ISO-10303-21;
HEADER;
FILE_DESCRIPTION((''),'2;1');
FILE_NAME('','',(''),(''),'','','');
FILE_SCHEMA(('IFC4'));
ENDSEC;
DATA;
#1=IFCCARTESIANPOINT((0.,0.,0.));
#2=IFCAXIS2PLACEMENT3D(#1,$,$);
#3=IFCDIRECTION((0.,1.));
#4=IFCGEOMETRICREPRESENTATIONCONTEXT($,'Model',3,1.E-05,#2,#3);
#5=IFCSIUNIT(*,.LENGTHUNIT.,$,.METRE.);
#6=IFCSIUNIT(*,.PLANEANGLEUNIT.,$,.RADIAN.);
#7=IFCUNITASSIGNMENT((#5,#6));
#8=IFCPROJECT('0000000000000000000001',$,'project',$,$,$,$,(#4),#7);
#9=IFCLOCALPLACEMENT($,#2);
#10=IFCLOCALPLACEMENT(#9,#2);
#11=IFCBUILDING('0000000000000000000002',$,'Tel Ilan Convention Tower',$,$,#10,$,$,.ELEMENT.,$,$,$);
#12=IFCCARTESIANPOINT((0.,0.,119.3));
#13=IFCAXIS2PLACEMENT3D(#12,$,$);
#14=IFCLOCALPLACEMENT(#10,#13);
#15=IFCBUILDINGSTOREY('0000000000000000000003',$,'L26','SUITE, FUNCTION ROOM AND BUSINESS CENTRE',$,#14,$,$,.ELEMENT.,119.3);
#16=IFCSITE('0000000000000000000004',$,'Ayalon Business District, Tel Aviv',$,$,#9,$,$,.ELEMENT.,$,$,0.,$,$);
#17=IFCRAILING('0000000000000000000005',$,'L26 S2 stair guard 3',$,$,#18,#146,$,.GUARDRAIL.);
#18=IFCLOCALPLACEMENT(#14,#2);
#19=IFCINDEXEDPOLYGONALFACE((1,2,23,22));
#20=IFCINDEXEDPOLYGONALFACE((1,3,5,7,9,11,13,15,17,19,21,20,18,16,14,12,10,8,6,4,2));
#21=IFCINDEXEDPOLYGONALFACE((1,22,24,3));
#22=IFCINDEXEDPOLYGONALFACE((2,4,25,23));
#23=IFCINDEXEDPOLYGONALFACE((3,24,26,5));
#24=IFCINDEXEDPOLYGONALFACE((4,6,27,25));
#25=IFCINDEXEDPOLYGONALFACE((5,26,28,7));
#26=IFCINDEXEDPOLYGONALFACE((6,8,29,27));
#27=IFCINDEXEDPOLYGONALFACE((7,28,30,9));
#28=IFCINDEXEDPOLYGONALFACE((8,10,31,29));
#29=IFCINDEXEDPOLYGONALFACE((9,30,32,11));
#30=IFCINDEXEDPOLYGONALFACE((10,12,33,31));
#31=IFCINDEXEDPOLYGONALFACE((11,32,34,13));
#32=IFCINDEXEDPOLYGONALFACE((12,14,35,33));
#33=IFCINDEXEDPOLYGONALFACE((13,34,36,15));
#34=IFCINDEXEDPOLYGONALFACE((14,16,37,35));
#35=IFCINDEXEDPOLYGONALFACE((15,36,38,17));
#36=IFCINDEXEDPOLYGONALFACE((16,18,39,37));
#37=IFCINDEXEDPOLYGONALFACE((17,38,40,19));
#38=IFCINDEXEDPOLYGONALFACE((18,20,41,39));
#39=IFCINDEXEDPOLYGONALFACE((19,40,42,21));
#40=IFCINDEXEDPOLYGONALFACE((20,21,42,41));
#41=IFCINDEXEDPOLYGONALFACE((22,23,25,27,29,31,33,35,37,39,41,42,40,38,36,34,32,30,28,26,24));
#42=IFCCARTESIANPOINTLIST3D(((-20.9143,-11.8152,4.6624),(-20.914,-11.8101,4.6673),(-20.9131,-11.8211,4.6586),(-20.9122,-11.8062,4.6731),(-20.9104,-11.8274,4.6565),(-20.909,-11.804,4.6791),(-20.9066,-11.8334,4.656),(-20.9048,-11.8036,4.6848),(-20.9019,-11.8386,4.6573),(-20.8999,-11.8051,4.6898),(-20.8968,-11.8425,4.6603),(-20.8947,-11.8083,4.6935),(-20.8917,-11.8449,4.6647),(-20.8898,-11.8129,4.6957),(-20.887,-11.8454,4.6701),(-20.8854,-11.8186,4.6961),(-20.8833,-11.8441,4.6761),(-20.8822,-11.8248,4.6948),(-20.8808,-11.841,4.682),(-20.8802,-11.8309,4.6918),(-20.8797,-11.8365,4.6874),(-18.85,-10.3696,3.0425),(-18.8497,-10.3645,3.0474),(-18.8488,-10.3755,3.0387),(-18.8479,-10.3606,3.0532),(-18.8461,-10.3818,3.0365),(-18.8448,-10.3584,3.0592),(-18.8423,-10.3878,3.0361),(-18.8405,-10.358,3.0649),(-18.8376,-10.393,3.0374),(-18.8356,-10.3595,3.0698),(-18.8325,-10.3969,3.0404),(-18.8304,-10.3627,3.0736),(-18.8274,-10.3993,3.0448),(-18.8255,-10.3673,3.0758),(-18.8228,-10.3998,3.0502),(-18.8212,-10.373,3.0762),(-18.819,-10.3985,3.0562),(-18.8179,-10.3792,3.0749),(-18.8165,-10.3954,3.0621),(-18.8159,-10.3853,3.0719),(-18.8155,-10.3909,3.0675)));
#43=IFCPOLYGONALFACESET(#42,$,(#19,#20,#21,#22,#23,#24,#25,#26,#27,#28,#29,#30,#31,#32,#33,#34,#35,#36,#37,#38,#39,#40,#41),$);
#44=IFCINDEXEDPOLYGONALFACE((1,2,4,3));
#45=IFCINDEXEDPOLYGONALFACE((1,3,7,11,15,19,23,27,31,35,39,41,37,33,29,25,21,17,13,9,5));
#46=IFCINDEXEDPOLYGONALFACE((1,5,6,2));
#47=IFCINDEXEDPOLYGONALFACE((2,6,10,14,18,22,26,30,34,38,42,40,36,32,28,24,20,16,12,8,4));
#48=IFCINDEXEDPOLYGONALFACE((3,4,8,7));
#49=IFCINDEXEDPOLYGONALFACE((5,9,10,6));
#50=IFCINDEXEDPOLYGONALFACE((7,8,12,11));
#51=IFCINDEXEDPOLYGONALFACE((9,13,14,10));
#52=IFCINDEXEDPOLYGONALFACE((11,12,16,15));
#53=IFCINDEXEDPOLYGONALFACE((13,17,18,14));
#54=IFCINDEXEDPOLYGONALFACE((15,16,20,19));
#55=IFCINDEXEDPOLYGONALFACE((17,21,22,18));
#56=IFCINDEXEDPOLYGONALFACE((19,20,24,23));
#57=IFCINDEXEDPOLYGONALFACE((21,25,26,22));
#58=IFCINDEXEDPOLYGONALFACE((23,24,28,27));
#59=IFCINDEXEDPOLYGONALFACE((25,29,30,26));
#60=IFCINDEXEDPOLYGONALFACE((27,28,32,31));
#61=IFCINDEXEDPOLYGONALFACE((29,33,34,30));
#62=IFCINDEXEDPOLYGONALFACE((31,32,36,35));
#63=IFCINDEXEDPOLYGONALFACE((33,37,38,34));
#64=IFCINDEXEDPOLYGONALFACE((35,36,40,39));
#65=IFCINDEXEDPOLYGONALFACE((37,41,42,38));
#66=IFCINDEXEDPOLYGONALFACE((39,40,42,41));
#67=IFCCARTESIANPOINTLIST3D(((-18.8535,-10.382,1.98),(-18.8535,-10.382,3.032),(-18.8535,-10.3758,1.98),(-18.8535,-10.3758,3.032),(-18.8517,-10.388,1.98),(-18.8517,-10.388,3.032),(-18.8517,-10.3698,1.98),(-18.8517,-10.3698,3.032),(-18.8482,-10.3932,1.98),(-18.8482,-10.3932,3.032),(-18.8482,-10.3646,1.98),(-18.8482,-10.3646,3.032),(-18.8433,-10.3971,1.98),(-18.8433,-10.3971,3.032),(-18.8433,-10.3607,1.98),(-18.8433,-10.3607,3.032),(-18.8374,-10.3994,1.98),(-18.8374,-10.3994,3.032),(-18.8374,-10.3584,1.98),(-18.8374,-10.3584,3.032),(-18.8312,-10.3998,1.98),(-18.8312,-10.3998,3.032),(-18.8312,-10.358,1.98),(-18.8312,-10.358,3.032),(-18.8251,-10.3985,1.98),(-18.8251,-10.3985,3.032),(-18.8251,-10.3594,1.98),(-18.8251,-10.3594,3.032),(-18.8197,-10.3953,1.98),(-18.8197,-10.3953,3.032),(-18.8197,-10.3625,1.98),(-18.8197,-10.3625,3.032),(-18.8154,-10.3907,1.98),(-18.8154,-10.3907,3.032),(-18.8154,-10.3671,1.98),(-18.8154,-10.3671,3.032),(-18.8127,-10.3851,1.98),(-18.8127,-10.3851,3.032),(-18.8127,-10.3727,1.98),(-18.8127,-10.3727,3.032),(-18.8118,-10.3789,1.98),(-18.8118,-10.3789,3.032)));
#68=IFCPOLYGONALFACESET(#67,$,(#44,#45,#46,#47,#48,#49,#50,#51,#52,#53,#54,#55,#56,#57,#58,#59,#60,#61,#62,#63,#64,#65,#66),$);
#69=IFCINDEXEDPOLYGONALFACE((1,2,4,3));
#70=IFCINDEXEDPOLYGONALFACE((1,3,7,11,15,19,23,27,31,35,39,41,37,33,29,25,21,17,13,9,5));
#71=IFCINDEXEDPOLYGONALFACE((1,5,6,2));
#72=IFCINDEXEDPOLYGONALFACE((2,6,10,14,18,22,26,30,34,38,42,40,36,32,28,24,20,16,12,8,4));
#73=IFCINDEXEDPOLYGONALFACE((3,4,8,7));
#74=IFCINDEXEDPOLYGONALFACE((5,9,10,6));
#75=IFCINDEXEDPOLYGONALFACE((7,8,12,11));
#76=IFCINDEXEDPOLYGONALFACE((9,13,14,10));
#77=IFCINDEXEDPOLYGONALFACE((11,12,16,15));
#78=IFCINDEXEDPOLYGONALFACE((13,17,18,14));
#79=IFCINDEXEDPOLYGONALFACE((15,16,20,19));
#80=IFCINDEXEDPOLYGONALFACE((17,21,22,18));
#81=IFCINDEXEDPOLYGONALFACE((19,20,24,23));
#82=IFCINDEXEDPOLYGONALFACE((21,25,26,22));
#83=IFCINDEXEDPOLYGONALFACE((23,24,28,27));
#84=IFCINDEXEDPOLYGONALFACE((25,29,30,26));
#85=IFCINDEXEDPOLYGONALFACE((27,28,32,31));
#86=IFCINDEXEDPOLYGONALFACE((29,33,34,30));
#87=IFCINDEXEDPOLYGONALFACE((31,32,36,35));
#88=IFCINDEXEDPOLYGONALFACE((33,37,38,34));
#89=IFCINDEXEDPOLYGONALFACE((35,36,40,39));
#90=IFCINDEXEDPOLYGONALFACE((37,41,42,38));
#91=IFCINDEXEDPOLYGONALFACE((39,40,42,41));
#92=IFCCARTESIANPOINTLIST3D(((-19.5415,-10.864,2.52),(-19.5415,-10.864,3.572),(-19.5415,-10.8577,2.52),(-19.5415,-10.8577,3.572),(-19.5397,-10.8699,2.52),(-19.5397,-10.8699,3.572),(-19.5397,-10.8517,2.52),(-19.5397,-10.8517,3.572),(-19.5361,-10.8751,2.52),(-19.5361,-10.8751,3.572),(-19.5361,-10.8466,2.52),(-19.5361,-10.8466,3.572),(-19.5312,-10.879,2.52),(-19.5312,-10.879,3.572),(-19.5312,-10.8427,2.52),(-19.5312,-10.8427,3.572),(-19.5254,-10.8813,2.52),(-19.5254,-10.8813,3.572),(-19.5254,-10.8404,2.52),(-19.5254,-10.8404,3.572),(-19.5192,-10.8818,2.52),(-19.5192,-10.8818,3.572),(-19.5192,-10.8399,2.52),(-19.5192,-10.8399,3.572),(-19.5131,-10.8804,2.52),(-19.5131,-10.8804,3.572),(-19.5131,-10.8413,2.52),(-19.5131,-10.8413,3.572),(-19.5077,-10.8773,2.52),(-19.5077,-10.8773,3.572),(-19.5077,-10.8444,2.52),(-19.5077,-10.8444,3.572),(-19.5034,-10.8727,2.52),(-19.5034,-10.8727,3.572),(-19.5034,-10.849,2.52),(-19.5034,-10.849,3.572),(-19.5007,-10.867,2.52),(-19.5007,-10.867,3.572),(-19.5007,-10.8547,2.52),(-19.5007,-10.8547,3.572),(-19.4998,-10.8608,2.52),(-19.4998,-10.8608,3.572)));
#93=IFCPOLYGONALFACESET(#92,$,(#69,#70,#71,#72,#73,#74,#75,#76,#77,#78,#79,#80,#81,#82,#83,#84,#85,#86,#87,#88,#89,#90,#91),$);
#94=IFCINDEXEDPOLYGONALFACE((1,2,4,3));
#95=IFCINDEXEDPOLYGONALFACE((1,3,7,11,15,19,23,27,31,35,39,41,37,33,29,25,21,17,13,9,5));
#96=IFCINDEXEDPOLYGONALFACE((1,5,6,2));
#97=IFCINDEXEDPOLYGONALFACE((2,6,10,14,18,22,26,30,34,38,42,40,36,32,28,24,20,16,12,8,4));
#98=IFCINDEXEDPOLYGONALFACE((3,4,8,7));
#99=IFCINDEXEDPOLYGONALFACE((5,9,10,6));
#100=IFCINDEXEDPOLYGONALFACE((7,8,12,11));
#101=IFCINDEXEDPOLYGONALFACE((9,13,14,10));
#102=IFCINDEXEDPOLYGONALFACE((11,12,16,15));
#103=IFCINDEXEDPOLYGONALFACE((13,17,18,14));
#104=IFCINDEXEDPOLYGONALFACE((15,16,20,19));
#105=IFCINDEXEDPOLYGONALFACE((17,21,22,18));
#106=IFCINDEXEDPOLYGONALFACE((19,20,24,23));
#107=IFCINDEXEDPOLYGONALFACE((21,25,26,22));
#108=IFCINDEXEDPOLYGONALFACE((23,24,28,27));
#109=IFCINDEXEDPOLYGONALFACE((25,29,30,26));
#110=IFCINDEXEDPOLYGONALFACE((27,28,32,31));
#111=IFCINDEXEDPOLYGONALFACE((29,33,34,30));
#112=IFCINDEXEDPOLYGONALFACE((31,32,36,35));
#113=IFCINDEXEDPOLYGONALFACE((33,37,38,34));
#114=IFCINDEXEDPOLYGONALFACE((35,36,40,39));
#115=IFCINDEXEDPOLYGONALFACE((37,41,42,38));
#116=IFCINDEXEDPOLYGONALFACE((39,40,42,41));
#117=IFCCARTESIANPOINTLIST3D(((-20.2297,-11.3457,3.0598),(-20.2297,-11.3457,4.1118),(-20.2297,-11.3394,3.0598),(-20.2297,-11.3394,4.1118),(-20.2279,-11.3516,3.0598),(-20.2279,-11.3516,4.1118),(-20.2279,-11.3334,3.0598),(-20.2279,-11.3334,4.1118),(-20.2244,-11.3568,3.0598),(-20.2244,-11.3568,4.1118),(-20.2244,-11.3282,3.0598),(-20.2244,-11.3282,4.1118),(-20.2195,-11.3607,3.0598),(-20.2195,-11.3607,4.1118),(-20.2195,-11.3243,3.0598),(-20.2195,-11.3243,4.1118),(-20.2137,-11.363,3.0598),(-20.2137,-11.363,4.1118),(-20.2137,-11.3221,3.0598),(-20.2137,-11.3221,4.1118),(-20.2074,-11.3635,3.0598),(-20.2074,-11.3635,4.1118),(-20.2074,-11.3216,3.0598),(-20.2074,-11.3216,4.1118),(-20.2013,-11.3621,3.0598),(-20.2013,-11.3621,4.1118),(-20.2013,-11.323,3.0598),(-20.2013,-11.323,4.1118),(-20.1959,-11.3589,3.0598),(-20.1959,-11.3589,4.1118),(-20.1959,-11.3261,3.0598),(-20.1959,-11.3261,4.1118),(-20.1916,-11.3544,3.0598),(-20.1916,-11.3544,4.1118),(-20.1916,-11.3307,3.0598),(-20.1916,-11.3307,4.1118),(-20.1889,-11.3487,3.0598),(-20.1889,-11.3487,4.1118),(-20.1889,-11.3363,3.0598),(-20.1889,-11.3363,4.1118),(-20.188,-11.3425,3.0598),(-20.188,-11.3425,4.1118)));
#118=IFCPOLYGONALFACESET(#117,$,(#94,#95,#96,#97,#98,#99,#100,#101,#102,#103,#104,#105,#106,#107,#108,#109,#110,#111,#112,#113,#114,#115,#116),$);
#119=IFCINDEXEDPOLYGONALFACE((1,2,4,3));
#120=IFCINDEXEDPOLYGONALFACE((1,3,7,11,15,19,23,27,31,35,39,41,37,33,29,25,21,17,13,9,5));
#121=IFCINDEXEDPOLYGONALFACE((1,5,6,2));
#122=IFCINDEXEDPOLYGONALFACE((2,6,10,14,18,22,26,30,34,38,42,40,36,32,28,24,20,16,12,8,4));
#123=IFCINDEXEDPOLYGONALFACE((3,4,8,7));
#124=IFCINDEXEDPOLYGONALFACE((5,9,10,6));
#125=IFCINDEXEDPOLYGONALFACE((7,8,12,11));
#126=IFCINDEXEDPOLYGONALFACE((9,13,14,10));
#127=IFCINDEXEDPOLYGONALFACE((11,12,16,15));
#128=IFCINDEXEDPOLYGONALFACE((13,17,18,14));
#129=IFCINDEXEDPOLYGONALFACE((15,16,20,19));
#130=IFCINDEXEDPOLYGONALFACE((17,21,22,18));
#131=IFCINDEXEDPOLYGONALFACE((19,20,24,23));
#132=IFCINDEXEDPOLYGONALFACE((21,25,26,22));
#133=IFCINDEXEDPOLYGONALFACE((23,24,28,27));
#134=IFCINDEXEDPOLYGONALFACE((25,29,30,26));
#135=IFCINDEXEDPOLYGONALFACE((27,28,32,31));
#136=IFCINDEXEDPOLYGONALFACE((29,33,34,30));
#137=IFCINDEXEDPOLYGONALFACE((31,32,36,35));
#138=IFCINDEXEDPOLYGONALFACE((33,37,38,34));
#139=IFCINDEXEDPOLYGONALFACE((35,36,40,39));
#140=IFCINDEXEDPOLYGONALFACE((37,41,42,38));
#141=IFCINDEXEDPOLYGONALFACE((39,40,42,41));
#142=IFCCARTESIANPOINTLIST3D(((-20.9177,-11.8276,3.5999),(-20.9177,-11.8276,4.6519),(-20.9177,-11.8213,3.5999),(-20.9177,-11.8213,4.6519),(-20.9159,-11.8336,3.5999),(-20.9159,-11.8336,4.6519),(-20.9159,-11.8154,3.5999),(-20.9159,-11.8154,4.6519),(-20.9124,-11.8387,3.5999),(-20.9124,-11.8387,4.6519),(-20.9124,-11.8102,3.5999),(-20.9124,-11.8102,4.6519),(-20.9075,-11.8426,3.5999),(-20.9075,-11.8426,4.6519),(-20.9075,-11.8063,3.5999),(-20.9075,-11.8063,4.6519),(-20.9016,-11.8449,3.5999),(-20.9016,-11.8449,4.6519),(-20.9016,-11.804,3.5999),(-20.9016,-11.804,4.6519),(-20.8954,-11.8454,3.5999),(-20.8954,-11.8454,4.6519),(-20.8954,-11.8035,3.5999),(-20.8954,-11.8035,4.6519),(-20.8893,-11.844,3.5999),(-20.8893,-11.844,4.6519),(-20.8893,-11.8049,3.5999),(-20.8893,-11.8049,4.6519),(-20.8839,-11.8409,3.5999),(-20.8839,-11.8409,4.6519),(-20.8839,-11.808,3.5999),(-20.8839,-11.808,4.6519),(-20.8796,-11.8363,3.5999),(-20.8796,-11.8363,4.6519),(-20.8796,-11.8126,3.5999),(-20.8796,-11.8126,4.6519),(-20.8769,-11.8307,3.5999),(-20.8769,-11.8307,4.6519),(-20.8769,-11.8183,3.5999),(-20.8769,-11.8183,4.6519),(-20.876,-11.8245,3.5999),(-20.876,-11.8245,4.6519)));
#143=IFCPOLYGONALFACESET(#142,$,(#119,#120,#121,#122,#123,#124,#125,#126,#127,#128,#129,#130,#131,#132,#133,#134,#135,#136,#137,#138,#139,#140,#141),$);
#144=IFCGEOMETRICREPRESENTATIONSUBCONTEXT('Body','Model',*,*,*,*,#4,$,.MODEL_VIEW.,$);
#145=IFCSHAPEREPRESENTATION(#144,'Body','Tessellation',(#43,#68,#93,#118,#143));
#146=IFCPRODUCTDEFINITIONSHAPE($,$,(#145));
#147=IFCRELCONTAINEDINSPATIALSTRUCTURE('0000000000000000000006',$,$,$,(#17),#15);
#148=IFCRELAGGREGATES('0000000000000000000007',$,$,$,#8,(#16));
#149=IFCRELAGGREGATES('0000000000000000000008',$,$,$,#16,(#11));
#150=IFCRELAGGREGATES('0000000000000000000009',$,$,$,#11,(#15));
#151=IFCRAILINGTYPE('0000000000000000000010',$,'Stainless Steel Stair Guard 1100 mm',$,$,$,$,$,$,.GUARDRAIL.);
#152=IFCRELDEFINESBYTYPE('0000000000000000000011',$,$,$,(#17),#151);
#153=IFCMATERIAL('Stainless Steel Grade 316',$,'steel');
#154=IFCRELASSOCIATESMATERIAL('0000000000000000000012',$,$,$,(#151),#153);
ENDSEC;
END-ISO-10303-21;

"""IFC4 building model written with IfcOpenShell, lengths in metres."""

from ifc_helpers import new_model, si_unit, direction, frame, origin, origin_2d, place, context, subcontext, project, spatial, circle, extrude, material, type_object, element, save


model = new_model("IFC4")

# Units and contexts
model_context = context("Model", 3, precision=1e-05, world=origin(), true_north=direction((0.0, 1.0)))
body_context = subcontext(model_context, "Body", "Model", "MODEL_VIEW")
ifc_project = project(units=[si_unit("LENGTHUNIT", "METRE"), si_unit("PLANEANGLEUNIT", "RADIAN")], contexts=[model_context])

# Site, building, storey
site_placement = place(None, origin())
site = spatial("IfcSite", under=ifc_project, at=site_placement, Name="Ayalon Business District, Tel Aviv", CompositionType="ELEMENT", RefElevation=0.0)
building_placement = place(site_placement, origin())
building = spatial("IfcBuilding", under=site, at=building_placement, Name="Tel Ilan Convention Tower", CompositionType="ELEMENT")
storey_placement = place(building_placement, frame((0.0, 0.0, 119.3)))
storey = spatial("IfcBuildingStorey", under=building, at=storey_placement, Name="L26", Description="SUITE, FUNCTION ROOM AND BUSINESS CENTRE", CompositionType="ELEMENT", Elevation=119.3)

# Railing
ifc_material_1 = material(Name="Stainless Steel Grade 316", Category="steel")
railing_type_1 = type_object("IfcRailingType", Name="Stainless Steel Stair Guard 1100 mm", PredefinedType="GUARDRAIL", material=ifc_material_1)
railing_1_placement = place(storey_placement, frame((-18.8328, -10.3789, 1.98)))
element("IfcRailing", 1, at=railing_1_placement, inside=storey, type_object=railing_type_1, Name="L26 S2 stair guard 3", PredefinedType="GUARDRAIL", context=body_context, shape_type="SweptSolid", body=[
    extrude(circle(Radius=0.0239, at=origin_2d()), frame((0.0, 0.0, 1.0762), z_axis=(-0.689043, -0.482534, 0.540722), x_axis=(0.573625, -0.819118, 0.0)), (0.0, 0.0, 1.0), 2.9958),
    extrude(circle(Radius=0.021, at=origin_2d()), origin(), (0.0, 0.0, 1.0), 1.052),
    extrude(circle(Radius=0.021, at=origin_2d()), frame((-0.688, -0.4819, 0.54)), (0.0, 0.0, 1.0), 1.052),
    extrude(circle(Radius=0.021, at=origin_2d()), frame((-1.3762, -0.9636, 1.0798)), (0.0, 0.0, 1.0), 1.052),
    extrude(circle(Radius=0.021, at=origin_2d()), frame((-2.0642, -1.4456, 1.6199)), (0.0, 0.0, 1.0), 1.052),
])

save(model, "model.ifc")
